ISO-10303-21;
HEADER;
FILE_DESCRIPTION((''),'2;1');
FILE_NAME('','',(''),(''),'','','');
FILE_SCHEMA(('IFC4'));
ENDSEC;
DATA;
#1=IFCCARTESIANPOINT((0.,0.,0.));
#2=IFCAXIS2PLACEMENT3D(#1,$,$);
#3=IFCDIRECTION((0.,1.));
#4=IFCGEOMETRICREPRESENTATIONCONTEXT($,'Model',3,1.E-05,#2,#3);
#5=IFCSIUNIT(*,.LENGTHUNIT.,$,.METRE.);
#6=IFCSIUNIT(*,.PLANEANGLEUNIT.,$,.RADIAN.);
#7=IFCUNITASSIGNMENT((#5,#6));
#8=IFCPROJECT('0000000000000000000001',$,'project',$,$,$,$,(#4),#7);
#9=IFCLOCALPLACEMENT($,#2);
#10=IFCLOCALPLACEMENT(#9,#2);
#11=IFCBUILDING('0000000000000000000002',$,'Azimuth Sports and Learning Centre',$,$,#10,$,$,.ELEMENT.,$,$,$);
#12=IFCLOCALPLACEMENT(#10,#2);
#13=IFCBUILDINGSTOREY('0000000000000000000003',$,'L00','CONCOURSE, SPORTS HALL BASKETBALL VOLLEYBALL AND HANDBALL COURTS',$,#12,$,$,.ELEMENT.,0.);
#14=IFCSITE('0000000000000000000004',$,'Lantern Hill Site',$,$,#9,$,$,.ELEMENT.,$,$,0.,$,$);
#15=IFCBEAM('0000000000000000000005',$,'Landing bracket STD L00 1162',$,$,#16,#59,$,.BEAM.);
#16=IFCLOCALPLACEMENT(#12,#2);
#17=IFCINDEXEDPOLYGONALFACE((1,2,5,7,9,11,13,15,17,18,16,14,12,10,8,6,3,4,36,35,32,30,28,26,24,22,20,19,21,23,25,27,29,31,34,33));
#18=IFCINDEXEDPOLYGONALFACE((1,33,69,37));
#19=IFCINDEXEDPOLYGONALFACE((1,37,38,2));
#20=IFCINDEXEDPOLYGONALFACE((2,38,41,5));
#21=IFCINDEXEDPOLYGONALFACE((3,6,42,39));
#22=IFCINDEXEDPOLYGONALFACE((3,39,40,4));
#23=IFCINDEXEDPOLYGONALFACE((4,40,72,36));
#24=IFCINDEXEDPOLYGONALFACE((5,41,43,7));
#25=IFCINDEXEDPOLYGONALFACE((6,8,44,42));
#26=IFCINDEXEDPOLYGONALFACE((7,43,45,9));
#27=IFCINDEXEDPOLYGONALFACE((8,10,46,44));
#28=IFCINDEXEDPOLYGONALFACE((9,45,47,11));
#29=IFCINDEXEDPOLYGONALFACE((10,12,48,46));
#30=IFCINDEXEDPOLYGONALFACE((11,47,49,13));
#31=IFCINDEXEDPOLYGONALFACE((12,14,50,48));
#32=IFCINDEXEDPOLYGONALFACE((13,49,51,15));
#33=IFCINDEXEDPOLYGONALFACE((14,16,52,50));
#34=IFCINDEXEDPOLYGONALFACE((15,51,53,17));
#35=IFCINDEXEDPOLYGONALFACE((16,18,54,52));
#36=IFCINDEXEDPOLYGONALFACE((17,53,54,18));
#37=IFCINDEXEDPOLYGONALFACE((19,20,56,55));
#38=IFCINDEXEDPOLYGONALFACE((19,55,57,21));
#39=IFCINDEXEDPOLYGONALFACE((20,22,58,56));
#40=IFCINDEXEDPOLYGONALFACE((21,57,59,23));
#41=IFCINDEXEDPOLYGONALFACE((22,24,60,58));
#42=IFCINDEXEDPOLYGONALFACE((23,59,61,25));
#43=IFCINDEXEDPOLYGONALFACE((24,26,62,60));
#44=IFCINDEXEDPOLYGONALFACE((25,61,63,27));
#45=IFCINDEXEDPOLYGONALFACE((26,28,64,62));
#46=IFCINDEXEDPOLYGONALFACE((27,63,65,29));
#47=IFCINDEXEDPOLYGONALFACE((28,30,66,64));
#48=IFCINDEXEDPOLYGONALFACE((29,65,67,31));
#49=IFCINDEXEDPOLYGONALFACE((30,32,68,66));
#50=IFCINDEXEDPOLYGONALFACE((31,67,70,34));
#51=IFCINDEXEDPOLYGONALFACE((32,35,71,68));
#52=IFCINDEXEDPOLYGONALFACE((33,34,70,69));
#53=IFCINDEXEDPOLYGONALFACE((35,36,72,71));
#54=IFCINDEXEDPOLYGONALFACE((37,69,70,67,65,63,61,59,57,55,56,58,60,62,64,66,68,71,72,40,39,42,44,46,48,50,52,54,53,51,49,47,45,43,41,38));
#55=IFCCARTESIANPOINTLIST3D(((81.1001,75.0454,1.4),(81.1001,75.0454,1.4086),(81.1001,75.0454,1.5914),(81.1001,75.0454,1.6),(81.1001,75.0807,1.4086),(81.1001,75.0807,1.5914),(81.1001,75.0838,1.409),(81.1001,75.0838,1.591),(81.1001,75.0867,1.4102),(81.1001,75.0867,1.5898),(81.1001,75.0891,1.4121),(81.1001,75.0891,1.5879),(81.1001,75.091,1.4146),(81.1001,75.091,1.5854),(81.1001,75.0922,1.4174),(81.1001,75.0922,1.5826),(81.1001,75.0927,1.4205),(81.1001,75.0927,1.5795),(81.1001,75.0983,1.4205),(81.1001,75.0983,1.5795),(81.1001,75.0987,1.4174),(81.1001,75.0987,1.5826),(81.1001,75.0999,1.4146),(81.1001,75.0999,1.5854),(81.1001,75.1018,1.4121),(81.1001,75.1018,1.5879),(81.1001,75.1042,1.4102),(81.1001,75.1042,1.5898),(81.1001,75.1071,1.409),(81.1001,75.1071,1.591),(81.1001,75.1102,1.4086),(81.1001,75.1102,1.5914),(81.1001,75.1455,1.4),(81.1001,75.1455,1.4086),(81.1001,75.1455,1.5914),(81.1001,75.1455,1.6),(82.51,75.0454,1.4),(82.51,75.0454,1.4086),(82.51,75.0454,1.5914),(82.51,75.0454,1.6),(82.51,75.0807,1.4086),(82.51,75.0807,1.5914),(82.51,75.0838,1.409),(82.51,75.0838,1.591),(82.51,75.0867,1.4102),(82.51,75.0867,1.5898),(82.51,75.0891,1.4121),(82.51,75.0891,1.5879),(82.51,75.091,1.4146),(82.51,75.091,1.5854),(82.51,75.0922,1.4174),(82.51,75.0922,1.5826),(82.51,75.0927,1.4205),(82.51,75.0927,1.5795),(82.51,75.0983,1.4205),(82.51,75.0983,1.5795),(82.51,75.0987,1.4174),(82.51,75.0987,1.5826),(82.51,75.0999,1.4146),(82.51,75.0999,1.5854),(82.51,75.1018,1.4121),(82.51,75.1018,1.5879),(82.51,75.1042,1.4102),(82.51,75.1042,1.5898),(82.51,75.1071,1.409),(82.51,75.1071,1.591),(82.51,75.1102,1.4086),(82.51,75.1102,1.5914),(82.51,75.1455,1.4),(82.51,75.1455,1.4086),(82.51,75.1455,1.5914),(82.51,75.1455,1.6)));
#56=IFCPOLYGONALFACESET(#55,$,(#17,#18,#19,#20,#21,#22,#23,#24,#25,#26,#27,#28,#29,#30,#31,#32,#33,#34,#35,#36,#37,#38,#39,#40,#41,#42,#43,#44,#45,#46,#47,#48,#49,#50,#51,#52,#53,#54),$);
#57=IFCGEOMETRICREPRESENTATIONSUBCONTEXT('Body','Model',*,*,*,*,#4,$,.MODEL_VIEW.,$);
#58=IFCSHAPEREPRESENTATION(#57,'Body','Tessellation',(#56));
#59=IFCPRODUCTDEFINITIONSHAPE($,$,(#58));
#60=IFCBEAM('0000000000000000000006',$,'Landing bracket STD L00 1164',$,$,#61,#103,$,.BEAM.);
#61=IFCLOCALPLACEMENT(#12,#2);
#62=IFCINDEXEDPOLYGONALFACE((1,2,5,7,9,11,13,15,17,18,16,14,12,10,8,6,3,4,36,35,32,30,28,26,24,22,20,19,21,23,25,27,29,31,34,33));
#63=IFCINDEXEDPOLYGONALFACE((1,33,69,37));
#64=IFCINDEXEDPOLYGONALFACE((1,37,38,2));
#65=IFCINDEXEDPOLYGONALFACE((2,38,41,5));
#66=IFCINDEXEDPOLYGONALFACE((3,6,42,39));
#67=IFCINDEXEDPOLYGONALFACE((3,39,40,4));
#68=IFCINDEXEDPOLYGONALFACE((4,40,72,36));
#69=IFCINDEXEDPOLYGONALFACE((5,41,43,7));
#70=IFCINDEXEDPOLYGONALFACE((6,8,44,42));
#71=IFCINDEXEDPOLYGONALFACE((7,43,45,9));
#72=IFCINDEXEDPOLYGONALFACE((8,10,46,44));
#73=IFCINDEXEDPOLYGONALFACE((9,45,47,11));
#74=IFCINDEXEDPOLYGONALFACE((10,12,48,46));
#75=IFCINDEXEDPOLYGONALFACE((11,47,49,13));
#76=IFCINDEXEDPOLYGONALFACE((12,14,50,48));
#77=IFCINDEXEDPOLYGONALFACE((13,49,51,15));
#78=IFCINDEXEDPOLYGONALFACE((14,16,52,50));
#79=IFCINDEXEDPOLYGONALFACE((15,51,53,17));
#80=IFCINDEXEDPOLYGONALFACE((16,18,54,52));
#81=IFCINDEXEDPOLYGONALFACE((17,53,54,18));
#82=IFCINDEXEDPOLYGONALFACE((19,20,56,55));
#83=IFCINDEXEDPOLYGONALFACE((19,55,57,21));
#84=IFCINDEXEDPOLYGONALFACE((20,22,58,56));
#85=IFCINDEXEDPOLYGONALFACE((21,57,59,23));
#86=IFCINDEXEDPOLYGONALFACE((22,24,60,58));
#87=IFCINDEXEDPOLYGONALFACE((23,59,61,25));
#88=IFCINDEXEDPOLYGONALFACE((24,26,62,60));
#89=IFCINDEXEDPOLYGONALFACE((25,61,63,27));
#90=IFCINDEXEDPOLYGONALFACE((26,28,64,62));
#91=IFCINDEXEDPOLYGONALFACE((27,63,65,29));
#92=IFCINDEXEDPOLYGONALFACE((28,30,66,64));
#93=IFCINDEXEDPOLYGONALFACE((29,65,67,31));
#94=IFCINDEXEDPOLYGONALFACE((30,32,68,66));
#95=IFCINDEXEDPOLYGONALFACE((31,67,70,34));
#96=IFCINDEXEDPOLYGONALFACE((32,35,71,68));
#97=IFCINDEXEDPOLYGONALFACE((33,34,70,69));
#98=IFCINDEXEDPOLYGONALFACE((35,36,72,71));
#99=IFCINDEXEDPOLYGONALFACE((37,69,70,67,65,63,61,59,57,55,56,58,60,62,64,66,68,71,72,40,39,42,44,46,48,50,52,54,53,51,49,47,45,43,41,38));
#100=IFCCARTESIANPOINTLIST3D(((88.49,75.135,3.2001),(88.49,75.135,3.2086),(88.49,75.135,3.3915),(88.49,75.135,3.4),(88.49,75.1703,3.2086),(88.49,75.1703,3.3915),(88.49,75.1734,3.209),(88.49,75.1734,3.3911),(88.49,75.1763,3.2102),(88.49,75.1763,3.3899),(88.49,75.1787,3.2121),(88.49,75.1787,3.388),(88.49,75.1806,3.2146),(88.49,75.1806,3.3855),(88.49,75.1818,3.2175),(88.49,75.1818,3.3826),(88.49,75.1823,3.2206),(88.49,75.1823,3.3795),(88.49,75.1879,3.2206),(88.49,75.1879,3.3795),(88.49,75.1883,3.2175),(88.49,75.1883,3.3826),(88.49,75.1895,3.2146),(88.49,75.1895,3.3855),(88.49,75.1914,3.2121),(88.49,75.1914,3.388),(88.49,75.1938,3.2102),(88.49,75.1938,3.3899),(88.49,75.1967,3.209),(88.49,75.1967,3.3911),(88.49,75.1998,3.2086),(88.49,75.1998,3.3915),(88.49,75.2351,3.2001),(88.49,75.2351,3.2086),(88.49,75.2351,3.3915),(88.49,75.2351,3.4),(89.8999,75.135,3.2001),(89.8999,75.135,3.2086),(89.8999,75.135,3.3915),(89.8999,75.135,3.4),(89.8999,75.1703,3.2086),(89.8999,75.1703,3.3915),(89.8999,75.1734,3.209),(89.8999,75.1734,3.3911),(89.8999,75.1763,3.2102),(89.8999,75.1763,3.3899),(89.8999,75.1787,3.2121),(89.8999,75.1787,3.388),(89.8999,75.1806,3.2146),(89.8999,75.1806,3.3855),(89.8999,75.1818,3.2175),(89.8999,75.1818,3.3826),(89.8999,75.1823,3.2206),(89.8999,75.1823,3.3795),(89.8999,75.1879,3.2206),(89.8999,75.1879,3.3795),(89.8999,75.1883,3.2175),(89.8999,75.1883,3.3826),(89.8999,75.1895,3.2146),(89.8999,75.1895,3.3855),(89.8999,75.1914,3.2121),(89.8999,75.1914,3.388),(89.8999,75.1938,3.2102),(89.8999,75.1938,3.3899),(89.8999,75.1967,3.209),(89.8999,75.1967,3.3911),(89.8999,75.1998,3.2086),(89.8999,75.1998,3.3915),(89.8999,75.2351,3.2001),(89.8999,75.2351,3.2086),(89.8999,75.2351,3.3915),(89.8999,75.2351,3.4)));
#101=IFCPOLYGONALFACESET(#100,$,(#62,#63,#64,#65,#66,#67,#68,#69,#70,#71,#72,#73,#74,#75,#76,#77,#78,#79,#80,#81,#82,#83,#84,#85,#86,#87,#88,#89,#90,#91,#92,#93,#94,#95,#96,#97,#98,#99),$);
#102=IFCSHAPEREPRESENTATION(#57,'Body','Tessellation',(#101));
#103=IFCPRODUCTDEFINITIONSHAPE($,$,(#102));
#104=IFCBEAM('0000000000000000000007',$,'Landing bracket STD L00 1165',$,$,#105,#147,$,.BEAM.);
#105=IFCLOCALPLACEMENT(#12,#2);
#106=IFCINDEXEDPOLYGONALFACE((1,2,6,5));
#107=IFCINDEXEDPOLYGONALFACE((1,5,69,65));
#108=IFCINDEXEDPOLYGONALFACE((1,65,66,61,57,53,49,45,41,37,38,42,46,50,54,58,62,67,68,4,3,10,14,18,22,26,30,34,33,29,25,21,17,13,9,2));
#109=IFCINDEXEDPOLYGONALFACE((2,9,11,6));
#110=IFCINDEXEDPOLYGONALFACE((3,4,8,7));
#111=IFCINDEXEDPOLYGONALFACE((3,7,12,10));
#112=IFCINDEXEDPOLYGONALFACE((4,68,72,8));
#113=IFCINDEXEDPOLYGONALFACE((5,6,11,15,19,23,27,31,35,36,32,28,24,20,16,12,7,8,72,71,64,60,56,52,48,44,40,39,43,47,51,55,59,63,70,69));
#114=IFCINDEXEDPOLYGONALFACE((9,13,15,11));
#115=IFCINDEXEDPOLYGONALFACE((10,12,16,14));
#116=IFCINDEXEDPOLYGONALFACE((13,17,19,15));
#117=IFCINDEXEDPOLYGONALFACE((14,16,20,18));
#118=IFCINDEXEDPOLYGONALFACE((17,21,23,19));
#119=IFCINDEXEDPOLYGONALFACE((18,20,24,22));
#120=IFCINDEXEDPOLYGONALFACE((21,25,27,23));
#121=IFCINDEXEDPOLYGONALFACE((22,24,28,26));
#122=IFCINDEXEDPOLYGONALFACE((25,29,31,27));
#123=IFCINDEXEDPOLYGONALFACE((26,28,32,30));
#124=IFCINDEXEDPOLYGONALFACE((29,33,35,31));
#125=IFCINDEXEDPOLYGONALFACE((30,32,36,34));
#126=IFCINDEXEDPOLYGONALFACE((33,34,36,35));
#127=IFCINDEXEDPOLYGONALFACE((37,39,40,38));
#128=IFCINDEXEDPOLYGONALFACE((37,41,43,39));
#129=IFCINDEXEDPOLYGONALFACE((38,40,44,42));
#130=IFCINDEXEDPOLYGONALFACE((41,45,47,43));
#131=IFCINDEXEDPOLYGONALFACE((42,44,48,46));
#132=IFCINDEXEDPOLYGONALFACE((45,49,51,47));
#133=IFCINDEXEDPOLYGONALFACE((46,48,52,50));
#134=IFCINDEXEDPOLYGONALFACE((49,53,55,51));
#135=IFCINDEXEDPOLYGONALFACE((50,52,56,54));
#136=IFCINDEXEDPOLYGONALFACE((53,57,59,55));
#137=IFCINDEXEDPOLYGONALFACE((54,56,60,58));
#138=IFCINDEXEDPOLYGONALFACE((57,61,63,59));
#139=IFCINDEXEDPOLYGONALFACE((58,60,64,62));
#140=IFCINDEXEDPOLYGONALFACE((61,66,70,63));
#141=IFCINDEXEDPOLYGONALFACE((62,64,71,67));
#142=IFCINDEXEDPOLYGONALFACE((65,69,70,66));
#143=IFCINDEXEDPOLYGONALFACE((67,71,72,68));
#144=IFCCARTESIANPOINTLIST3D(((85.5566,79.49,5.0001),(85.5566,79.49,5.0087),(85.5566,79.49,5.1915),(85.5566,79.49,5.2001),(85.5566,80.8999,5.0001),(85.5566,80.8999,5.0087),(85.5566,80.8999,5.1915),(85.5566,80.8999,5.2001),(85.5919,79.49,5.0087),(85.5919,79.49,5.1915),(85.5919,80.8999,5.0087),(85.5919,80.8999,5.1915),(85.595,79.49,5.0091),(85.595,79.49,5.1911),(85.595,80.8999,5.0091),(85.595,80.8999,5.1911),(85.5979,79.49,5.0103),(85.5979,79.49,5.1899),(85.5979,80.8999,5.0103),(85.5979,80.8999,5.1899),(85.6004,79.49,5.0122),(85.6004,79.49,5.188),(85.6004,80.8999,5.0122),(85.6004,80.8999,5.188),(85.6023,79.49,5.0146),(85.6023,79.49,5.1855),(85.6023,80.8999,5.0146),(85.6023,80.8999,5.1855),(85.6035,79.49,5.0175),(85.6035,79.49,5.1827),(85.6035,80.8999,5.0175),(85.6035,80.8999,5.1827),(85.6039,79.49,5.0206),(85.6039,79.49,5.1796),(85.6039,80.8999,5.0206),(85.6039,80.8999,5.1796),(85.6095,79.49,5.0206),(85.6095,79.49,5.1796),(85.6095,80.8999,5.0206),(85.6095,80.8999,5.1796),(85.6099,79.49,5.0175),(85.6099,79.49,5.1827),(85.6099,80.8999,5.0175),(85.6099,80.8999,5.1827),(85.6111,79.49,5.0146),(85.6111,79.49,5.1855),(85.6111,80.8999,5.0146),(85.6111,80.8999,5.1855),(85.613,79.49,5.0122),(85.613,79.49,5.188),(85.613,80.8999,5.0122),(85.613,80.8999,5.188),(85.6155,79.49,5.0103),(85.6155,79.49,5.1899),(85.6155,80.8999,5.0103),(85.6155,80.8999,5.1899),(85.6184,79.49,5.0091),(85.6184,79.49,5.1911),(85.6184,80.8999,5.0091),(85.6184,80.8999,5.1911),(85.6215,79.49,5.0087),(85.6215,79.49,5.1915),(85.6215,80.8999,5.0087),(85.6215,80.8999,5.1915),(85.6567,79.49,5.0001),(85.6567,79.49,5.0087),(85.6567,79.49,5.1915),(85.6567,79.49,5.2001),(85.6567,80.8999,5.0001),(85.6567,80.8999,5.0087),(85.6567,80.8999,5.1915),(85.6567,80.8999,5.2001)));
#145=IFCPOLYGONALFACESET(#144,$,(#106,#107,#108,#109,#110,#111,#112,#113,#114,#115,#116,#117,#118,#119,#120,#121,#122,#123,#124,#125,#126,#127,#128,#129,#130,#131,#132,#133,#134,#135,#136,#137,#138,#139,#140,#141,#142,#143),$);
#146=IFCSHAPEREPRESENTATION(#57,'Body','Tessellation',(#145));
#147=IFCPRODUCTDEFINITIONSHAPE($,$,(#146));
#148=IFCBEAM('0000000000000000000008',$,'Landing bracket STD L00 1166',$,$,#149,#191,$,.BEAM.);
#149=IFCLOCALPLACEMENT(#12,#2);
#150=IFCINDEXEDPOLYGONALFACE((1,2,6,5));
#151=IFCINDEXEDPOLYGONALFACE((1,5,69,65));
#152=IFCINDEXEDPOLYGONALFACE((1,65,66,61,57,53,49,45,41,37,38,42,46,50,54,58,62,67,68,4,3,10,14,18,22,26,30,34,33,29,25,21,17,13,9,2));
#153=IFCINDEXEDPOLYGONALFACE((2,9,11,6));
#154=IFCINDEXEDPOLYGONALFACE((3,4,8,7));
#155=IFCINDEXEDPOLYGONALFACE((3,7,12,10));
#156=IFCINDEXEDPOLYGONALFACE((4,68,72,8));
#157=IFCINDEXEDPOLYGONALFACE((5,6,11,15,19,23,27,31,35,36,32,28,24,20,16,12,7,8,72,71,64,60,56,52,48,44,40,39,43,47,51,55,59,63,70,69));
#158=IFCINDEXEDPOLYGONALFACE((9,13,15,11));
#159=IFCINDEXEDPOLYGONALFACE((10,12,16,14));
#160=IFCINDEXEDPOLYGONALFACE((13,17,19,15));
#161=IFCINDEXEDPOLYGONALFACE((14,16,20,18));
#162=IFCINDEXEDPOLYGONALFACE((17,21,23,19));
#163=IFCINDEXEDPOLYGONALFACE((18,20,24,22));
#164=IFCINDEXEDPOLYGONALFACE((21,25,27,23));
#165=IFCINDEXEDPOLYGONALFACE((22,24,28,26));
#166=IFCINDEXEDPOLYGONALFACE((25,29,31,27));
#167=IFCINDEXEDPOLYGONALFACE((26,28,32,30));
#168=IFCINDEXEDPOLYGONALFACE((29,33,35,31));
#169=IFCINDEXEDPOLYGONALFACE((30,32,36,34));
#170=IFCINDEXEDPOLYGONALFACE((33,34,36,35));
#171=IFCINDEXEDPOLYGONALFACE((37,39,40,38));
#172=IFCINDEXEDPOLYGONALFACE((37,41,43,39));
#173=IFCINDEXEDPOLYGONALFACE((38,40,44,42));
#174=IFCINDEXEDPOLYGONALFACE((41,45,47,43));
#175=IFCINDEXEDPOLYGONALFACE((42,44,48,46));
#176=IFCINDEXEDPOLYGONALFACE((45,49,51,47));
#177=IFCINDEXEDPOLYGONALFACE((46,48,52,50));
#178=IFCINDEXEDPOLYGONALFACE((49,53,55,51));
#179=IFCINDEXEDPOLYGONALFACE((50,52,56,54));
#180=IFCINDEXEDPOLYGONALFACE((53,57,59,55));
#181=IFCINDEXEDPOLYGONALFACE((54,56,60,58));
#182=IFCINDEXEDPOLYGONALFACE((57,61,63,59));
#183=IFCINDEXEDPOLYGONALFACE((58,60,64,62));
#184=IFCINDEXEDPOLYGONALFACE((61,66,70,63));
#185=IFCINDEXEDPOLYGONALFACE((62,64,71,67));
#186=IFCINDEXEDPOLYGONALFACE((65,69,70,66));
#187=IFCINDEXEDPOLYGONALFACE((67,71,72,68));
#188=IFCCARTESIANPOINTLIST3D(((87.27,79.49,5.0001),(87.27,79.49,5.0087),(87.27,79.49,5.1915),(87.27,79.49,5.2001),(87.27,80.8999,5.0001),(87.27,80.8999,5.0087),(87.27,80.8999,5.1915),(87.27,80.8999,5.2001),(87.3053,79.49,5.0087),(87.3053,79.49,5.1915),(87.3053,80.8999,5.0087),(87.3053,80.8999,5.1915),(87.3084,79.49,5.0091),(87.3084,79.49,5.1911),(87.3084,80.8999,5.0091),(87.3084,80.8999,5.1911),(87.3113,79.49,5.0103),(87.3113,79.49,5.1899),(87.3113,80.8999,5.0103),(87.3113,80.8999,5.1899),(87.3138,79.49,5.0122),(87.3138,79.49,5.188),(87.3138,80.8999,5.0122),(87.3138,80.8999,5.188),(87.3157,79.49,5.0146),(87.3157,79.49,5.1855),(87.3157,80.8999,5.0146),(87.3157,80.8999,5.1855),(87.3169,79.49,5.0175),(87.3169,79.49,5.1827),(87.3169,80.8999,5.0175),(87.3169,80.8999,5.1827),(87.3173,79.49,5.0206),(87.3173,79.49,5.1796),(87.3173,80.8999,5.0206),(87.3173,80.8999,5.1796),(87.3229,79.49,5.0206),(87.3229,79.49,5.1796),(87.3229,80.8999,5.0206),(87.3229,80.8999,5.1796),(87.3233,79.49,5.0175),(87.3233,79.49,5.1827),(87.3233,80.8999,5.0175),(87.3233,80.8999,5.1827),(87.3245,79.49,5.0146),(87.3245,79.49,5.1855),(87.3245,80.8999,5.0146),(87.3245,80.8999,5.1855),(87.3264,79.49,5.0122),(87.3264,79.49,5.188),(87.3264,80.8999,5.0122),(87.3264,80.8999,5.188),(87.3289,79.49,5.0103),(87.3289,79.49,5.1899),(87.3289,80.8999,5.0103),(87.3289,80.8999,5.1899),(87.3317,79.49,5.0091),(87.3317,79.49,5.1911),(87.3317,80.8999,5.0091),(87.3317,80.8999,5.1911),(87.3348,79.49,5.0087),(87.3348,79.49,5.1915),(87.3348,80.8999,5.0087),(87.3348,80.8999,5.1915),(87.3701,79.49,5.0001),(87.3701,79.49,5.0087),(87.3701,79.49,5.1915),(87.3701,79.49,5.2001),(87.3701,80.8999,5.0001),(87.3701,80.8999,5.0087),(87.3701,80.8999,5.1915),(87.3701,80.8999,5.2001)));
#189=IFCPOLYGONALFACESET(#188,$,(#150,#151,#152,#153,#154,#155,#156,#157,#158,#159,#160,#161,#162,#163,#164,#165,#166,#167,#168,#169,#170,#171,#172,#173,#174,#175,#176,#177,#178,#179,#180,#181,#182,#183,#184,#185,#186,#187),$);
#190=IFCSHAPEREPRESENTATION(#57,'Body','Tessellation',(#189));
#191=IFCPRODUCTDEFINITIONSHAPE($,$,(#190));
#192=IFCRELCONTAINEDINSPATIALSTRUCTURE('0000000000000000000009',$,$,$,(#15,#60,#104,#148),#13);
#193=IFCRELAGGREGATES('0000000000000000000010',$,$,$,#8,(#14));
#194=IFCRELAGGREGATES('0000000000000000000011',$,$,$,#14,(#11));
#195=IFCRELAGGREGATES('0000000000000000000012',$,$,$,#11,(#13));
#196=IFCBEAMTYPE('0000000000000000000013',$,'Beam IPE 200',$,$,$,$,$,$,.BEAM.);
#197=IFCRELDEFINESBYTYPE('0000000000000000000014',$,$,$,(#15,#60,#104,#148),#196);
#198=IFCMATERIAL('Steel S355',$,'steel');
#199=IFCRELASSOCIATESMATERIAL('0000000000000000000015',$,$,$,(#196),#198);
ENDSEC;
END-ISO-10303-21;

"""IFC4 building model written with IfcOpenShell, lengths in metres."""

from ifc_helpers import new_model, si_unit, direction, frame, origin, origin_2d, place, context, subcontext, project, spatial, i_section, extrude, material, material_profile, profile_set, type_object, element, save


model = new_model("IFC4")

# Units and contexts
model_context = context("Model", 3, precision=1e-05, world=origin(), true_north=direction((0.0, 1.0)))
body_context = subcontext(model_context, "Body", "Model", "MODEL_VIEW")
ifc_project = project(units=[si_unit("LENGTHUNIT", "METRE"), si_unit("PLANEANGLEUNIT", "RADIAN")], contexts=[model_context])

# Site, building, storey
site_placement = place(None, origin())
site = spatial("IfcSite", under=ifc_project, at=site_placement, Name="Lantern Hill Site", CompositionType="ELEMENT", RefElevation=0.0)
building_placement = place(site_placement, origin())
building = spatial("IfcBuilding", under=site, at=building_placement, Name="Azimuth Sports and Learning Centre", CompositionType="ELEMENT")
storey_placement = place(building_placement, origin())
storey = spatial("IfcBuildingStorey", under=building, at=storey_placement, Name="L00", Description="CONCOURSE, SPORTS HALL BASKETBALL VOLLEYBALL AND HANDBALL COURTS", CompositionType="ELEMENT", Elevation=0.0)

# Beams
ifc_material_1 = material(Name="Steel S355", Category="steel")
ifc_material_profile_1 = material_profile(ifc_material_1, i_section(OverallWidth=0.1001, OverallDepth=0.2, WebThickness=0.0056, FlangeThickness=0.0085, FilletRadius=0.012, at=origin_2d()), Name="IPE 200")
ifc_profile_set_1 = profile_set([ifc_material_profile_1], Name="Steel S355")
beam_type = type_object("IfcBeamType", Name="Beam IPE 200", PredefinedType="BEAM", material=ifc_profile_set_1)
for number, where, z_axis, x_axis, name in (
    (1, (81.1001, 75.0955, 1.5), (1.0, 0.0, 0.0), (0.0, 1.0, 0.0), "Landing bracket STD L00 1162"),
    (2, (89.8999, 75.1851, 3.3), (-1.0, 0.0, 0.0), (0.0, -1.0, 0.0), "Landing bracket STD L00 1164"),
    (3, (85.6067, 80.8999, 5.1001), (0.0, -1.0, 0.0), (1.0, 0.0, 0.0), "Landing bracket STD L00 1165"),
    (4, (87.3201, 80.8999, 5.1001), (0.0, -1.0, 0.0), (1.0, 0.0, 0.0), "Landing bracket STD L00 1166"),
):
    element("IfcBeam", number, at=place(storey_placement, frame(where, z_axis=z_axis, x_axis=x_axis)), inside=storey, type_object=beam_type, Name=name, PredefinedType="BEAM", context=body_context, shape_type="SweptSolid", body=[
        extrude(i_section(OverallWidth=0.1001, OverallDepth=0.2, WebThickness=0.0056, FlangeThickness=0.0085, FilletRadius=0.012, at=origin_2d()), origin(), (0.0, 0.0, 1.0), 1.4099),
    ])

save(model, "model.ifc")
